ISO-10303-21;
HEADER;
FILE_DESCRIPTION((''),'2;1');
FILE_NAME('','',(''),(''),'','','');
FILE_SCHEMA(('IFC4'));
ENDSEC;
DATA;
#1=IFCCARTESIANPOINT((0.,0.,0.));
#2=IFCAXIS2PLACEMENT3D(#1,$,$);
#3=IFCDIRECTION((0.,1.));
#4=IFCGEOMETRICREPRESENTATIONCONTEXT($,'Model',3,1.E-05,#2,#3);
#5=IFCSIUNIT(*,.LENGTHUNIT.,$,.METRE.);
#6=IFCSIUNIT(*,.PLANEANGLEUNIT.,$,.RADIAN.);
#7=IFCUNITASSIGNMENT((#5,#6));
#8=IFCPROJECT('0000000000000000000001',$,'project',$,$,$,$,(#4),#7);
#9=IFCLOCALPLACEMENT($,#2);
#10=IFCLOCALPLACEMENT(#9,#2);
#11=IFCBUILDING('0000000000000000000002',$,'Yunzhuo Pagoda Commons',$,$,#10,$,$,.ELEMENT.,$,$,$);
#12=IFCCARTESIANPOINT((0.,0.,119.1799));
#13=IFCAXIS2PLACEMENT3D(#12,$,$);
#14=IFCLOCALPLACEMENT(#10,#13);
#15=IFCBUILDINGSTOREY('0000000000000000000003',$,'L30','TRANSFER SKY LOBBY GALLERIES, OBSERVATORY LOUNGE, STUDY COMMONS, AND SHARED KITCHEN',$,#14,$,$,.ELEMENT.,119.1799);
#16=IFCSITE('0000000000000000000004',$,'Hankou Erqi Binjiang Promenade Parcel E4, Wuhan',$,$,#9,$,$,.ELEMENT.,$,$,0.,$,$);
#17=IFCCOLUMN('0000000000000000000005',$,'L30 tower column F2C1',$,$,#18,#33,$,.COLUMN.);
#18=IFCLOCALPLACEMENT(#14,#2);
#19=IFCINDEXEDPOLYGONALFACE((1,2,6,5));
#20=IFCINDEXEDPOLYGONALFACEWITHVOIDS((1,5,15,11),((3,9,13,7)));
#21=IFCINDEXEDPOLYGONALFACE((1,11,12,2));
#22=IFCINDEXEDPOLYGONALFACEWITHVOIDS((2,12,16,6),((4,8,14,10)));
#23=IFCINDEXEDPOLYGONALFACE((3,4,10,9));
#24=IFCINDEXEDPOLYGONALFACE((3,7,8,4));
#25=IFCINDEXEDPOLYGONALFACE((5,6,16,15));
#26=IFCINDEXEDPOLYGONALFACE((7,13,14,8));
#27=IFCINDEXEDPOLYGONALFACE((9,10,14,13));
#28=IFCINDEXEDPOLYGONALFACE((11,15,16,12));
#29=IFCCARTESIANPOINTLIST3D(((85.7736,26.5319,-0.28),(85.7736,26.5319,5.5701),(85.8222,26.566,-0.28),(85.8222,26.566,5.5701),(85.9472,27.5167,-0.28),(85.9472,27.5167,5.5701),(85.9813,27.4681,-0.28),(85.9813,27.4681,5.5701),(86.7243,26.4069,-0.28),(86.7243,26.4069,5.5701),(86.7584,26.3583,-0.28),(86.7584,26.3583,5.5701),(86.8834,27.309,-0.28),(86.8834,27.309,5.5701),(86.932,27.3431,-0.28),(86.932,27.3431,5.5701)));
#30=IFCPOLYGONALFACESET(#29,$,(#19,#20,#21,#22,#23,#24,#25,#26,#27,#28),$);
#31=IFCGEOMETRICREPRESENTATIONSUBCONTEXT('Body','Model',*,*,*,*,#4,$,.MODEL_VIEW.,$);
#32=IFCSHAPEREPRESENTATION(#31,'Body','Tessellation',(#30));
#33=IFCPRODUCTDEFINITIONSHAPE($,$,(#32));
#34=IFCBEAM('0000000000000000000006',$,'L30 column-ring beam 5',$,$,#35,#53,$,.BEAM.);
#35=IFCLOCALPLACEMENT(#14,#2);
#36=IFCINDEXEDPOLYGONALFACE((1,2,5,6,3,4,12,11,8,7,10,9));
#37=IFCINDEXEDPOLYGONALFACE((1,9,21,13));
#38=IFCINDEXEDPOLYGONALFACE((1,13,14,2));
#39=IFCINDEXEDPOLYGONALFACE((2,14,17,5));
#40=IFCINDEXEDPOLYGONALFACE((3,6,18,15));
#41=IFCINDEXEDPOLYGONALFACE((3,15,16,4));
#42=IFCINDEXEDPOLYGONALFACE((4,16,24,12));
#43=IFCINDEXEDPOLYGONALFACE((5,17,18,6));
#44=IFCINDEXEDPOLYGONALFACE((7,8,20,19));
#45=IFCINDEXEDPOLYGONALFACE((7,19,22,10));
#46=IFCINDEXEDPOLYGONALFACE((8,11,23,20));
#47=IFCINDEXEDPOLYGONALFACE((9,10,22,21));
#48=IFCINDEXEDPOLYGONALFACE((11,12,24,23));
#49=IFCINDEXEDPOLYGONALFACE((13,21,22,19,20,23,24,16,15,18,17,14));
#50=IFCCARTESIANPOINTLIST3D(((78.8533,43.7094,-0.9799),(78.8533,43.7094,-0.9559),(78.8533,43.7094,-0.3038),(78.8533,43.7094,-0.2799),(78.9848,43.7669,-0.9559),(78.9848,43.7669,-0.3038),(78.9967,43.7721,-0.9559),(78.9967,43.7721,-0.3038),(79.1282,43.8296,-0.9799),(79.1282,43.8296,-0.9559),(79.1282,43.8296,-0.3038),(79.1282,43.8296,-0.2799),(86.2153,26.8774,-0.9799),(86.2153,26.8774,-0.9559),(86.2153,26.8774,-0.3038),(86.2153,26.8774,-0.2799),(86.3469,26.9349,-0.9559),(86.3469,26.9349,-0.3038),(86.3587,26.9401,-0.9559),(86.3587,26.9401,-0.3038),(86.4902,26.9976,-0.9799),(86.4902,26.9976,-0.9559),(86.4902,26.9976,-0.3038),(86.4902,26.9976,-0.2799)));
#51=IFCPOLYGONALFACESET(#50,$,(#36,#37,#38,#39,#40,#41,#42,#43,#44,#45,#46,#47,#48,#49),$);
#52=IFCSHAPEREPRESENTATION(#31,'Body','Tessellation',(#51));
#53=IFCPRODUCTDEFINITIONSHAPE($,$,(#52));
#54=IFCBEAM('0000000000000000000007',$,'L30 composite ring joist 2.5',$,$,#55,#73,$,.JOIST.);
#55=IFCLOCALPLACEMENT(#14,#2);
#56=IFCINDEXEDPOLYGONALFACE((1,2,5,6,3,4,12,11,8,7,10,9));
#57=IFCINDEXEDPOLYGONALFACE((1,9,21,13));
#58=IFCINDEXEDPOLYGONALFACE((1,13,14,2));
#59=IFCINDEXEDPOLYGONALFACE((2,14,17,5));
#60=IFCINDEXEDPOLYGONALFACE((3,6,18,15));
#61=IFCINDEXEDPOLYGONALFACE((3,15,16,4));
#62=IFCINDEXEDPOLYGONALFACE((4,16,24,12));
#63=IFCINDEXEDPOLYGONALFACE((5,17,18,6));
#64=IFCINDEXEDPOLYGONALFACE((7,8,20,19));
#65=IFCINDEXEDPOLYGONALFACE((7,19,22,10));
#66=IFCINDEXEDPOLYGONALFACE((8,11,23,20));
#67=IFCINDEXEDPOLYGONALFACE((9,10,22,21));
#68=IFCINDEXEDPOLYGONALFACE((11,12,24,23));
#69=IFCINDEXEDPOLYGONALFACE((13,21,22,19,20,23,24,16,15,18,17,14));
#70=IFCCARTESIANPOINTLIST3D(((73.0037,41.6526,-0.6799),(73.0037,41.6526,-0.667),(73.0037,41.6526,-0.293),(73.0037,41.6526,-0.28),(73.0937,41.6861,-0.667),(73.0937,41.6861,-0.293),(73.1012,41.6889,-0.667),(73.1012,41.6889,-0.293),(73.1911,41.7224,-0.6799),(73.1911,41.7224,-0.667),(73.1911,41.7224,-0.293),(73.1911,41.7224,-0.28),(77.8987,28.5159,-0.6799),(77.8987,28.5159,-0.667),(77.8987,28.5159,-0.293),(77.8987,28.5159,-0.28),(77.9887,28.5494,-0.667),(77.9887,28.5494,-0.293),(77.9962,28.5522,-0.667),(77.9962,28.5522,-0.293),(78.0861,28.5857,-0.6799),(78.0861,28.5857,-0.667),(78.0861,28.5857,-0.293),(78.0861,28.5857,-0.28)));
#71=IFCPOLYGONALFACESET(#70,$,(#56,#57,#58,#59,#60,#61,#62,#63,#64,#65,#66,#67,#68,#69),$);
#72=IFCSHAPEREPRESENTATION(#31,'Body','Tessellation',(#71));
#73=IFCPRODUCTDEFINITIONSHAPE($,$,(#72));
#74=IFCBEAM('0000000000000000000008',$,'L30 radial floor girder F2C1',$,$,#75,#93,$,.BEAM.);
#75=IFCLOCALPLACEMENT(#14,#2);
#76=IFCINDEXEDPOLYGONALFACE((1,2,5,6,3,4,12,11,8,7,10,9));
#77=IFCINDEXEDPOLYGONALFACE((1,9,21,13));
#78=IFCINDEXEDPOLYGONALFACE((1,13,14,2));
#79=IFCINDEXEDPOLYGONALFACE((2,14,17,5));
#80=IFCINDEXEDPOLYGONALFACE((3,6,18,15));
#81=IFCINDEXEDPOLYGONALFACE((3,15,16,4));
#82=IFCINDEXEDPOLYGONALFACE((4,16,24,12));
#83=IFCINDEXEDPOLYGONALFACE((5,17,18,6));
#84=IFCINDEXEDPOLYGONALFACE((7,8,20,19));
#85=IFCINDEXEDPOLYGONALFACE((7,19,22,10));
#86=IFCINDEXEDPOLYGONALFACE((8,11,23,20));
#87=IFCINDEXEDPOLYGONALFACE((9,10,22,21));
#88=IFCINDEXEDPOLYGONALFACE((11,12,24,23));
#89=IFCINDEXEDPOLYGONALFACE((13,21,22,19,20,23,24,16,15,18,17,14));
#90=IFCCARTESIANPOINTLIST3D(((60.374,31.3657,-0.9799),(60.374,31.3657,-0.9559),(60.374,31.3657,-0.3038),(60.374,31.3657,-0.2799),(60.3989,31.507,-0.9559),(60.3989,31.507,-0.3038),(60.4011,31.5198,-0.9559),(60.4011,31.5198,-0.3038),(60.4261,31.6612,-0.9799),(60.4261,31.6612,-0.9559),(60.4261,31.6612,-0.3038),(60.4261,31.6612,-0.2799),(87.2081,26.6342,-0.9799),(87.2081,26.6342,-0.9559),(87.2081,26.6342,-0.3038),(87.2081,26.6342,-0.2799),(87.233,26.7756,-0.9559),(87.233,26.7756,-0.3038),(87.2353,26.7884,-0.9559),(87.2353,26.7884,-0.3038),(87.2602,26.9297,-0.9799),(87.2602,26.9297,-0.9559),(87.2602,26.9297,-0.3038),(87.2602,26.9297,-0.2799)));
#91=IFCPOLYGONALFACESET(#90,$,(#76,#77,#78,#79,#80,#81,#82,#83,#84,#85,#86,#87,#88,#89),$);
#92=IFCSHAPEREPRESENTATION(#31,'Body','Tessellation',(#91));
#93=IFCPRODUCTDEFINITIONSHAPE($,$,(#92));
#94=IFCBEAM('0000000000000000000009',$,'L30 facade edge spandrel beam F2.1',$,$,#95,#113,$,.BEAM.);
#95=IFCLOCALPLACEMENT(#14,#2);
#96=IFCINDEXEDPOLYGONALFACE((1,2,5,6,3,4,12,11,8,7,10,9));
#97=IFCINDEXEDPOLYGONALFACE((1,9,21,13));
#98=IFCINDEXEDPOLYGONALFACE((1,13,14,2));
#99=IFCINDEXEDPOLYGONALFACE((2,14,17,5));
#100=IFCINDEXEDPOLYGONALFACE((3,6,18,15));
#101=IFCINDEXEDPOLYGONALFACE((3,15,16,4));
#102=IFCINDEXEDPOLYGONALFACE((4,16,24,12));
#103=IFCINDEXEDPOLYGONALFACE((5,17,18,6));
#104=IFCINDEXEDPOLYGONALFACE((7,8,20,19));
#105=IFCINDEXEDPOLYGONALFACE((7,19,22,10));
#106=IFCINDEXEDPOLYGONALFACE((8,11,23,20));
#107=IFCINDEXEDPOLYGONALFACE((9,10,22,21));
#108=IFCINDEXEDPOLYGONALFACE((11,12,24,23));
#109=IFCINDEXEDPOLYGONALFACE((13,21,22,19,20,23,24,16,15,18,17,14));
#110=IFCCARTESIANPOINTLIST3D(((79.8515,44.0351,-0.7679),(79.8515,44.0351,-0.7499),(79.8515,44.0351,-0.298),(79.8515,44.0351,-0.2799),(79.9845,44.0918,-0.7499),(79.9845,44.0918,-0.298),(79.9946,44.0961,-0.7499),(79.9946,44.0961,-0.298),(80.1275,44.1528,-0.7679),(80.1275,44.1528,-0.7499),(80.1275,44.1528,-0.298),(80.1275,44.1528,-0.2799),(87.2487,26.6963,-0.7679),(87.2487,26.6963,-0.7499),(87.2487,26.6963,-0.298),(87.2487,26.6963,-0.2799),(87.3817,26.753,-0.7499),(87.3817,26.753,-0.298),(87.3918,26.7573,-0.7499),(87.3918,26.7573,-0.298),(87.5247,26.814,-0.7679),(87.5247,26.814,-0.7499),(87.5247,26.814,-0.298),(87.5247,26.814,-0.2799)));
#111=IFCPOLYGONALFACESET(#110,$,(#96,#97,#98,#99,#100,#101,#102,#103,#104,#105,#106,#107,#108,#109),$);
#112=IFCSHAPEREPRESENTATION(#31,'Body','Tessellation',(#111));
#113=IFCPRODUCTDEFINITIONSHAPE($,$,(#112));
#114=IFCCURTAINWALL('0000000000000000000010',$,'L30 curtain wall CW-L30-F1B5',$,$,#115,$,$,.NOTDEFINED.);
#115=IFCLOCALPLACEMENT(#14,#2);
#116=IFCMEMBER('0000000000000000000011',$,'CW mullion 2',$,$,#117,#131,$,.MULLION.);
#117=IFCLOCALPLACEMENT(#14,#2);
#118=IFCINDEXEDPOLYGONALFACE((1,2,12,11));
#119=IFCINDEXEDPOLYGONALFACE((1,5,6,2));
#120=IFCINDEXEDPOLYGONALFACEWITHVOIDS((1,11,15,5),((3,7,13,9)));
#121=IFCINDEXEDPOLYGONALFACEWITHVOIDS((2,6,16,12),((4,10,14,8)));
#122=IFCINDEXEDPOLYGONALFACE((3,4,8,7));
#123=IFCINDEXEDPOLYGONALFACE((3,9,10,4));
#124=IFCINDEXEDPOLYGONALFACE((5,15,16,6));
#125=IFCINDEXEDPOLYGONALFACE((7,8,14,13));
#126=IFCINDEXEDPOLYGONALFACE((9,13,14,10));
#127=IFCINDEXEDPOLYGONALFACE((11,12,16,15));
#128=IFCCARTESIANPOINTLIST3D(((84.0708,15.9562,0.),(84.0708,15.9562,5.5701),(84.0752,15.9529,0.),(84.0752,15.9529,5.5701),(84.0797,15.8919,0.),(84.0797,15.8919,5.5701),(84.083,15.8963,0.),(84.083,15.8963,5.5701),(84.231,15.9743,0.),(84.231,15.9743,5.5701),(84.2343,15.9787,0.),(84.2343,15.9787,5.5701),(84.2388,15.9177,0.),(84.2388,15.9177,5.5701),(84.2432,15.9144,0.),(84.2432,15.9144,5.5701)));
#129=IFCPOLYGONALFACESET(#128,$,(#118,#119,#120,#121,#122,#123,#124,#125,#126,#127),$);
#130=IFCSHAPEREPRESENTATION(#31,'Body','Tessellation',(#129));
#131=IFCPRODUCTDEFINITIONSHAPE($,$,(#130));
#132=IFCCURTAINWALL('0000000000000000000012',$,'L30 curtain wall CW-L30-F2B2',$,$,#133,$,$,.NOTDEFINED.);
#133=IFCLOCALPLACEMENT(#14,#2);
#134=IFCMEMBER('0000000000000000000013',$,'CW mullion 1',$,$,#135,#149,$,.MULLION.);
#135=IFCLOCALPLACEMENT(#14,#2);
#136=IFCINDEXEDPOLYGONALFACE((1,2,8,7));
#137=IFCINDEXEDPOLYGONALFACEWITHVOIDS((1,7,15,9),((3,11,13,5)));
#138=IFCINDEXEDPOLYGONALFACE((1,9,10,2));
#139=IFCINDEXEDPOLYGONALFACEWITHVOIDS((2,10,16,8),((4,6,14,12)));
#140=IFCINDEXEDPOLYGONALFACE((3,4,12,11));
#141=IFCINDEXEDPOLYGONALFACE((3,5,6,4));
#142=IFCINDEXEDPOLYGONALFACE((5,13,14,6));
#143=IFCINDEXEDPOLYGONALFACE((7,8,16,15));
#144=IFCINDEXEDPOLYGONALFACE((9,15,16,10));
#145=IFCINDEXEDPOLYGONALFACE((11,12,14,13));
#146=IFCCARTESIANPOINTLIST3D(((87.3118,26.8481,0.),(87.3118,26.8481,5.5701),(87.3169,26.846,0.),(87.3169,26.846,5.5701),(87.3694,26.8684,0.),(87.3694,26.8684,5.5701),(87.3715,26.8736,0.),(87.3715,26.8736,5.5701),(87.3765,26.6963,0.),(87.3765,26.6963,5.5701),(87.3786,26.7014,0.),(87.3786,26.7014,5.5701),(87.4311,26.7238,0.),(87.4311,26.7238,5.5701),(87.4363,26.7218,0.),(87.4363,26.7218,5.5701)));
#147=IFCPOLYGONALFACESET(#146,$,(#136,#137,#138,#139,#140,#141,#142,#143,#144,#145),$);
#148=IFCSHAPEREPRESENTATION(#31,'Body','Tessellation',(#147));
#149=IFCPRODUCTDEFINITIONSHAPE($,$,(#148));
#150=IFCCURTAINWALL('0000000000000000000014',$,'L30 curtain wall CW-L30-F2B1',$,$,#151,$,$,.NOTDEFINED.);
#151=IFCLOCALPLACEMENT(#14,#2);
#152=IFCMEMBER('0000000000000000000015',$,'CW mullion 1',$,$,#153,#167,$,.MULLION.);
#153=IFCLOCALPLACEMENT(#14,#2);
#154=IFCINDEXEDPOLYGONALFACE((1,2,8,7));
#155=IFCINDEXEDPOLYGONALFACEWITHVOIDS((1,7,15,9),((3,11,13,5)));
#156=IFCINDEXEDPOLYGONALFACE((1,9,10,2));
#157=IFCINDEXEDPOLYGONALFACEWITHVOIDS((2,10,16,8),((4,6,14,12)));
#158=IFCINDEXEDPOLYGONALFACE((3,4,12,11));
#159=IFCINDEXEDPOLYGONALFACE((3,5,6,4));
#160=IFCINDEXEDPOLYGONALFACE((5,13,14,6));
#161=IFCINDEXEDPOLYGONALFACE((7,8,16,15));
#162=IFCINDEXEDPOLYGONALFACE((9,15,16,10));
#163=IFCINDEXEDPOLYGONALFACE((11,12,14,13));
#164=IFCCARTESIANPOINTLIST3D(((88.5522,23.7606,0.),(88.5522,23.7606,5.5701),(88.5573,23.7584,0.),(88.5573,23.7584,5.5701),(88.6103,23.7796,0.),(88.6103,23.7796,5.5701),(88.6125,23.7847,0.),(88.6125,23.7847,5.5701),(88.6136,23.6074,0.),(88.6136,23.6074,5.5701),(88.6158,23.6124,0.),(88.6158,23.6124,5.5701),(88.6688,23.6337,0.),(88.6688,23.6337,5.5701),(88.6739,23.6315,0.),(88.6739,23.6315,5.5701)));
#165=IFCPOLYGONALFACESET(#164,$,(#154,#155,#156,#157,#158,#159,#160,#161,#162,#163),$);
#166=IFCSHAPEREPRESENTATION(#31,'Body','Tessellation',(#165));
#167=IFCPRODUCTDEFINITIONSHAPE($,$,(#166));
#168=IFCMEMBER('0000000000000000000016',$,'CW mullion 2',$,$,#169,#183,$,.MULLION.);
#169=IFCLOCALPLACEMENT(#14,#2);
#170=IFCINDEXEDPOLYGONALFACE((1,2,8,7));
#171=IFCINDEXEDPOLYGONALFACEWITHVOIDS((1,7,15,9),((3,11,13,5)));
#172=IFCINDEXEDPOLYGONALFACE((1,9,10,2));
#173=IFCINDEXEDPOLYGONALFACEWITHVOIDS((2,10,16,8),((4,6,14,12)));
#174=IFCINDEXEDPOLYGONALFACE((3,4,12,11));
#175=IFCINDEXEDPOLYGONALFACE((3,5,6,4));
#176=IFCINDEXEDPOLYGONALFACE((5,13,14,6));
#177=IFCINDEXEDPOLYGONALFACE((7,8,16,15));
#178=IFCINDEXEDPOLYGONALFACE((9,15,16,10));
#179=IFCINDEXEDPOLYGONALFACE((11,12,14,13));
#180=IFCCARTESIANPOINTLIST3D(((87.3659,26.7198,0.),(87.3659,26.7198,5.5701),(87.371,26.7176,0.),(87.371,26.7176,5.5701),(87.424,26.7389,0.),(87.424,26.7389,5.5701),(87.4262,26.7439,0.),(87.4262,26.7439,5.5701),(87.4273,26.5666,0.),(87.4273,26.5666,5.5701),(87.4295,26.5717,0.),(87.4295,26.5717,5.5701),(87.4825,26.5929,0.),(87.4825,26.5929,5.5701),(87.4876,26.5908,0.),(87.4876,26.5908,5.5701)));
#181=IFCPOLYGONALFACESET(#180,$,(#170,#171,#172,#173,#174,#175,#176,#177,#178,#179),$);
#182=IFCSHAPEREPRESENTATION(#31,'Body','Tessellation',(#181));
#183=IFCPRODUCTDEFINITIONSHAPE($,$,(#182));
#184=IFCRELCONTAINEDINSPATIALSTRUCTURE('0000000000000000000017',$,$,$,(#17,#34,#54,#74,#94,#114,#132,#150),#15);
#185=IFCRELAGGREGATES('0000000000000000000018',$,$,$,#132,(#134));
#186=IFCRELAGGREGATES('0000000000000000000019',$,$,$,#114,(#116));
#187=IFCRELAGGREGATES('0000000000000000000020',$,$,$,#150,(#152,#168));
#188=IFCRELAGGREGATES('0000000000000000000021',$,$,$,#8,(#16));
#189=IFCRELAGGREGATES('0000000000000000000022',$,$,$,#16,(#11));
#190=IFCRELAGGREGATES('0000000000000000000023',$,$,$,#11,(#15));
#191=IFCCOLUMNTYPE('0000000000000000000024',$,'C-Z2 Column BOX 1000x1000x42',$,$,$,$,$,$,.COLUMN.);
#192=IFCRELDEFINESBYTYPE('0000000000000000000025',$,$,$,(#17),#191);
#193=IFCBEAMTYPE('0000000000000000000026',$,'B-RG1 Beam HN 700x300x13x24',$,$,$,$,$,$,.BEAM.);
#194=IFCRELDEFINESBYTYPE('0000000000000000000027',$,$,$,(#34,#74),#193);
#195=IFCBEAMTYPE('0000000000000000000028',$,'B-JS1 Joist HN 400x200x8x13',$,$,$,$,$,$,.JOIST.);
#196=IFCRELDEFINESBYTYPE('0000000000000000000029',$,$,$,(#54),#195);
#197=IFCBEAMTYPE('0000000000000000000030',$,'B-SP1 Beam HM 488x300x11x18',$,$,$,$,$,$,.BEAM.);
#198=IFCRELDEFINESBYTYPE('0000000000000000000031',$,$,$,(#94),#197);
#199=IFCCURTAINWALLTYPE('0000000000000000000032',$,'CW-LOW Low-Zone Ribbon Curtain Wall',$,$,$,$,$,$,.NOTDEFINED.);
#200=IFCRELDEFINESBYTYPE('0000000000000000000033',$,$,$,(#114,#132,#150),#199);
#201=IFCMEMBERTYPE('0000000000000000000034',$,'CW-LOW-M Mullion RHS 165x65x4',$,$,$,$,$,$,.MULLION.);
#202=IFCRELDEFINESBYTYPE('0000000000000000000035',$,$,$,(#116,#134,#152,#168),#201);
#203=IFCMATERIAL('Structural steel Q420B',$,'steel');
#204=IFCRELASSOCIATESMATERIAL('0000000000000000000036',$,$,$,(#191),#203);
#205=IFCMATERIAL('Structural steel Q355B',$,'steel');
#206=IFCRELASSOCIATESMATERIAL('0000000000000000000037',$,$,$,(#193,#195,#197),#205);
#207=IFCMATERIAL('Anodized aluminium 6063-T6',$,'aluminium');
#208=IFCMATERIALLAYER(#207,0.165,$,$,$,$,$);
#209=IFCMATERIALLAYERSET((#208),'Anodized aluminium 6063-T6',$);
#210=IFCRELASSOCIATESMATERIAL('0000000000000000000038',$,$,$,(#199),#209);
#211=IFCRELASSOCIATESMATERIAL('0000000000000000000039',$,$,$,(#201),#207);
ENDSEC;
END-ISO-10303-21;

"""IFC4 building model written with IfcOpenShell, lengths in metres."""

from ifc_helpers import new_model, si_unit, direction, frame, origin, origin_2d, place, context, subcontext, project, spatial, hollow_rectangle, i_section, extrude, source, transform, mapped, material, layer, layer_set, material_profile, profile_set, type_object, element, aggregate, save


model = new_model("IFC4")

# Units and contexts
model_context = context("Model", 3, precision=1e-05, world=origin(), true_north=direction((0.0, 1.0)))
body_context = subcontext(model_context, "Body", "Model", "MODEL_VIEW")
ifc_project = project(units=[si_unit("LENGTHUNIT", "METRE"), si_unit("PLANEANGLEUNIT", "RADIAN")], contexts=[model_context])

# Site, building, storey
site_placement = place(None, origin())
site = spatial("IfcSite", under=ifc_project, at=site_placement, Name="Hankou Erqi Binjiang Promenade Parcel E4, Wuhan", CompositionType="ELEMENT", RefElevation=0.0)
building_placement = place(site_placement, origin())
building = spatial("IfcBuilding", under=site, at=building_placement, Name="Yunzhuo Pagoda Commons", CompositionType="ELEMENT")
storey_placement = place(building_placement, frame((0.0, 0.0, 119.1799)))
storey = spatial("IfcBuildingStorey", under=building, at=storey_placement, Name="L30", Description="TRANSFER SKY LOBBY GALLERIES, OBSERVATORY LOUNGE, STUDY COMMONS, AND SHARED KITCHEN", CompositionType="ELEMENT", Elevation=119.1799)

# Column
ifc_material_1 = material(Name="Structural steel Q420B", Category="steel")
ifc_material_profile_1 = material_profile(ifc_material_1, hollow_rectangle(XDim=1.0, YDim=1.0, WallThickness=0.042, at=origin_2d()), Name="Structural steel Q420B")
ifc_profile_set_1 = profile_set([ifc_material_profile_1], Name="Structural steel Q420B")
column_type = type_object("IfcColumnType", Name="C-Z2 Column BOX 1000x1000x42", PredefinedType="COLUMN", material=ifc_profile_set_1)
shared_shape_1 = source(origin(), body_context, "Body", "SweptSolid", [
    extrude(hollow_rectangle(XDim=1.0, YDim=1.0, WallThickness=0.042, at=origin_2d()), origin(), (0.0, 0.0, 1.0), 5.8501),
])
column_placement = place(storey_placement, frame((86.3528, 26.9375, -0.28), z_axis=(0.0, 0.0, 1.0), x_axis=(0.173648, 0.984808, 0.0)))
element("IfcColumn", 1, at=column_placement, inside=storey, type_object=column_type, Name="L30 tower column F2C1", PredefinedType="COLUMN", context=body_context, shape_type="MappedRepresentation", body=[
    mapped(shared_shape_1, transform((0.0, 0.0, 0.0), scale=1.0)),
])

# Beams
ifc_material_2 = material(Name="Structural steel Q355B", Category="steel")
ifc_material_profile_2 = material_profile(ifc_material_2, i_section(OverallWidth=0.3, OverallDepth=0.7, WebThickness=0.0129, FlangeThickness=0.0239, at=origin_2d()), Name="Structural steel Q355B")
ifc_profile_set_2 = profile_set([ifc_material_profile_2], Name="Structural steel Q355B")
beam_type_1 = type_object("IfcBeamType", Name="B-RG1 Beam HN 700x300x13x24", PredefinedType="BEAM", material=ifc_profile_set_2)
shared_shape_2 = source(origin(), body_context, "Body", "SweptSolid", [
    extrude(i_section(OverallWidth=0.3, OverallDepth=0.7, WebThickness=0.0129, FlangeThickness=0.0239, at=origin_2d()), origin(), (0.0, 0.0, 1.0), 18.3716),
])
beam_1_placement = place(storey_placement, frame((86.3528, 26.9375, -0.6299), z_axis=(-0.40073, 0.916196, 0.0), x_axis=(-0.916196, -0.40073, 0.0)))
element("IfcBeam", 2, at=beam_1_placement, inside=storey, type_object=beam_type_1, Name="L30 column-ring beam 5", PredefinedType="BEAM", context=body_context, shape_type="MappedRepresentation", body=[
    mapped(shared_shape_2, transform((0.0, 0.0, 0.0), scale=1.0)),
])
ifc_material_profile_3 = material_profile(ifc_material_2, i_section(OverallWidth=0.2, OverallDepth=0.3999, WebThickness=0.0081, FlangeThickness=0.0129, at=origin_2d()), Name="Structural steel Q355B")
ifc_profile_set_3 = profile_set([ifc_material_profile_3], Name="Structural steel Q355B")
beam_type_2 = type_object("IfcBeamType", Name="B-JS1 Joist HN 400x200x8x13", PredefinedType="JOIST", material=ifc_profile_set_3)
shared_shape_3 = source(origin(), body_context, "Body", "SweptSolid", [
    extrude(i_section(OverallWidth=0.2, OverallDepth=0.3999, WebThickness=0.0081, FlangeThickness=0.0129, at=origin_2d()), origin(), (0.0, 0.0, 1.0), 14.019),
])
beam_2_placement = place(storey_placement, frame((77.9924, 28.5508, -0.48), z_axis=(-0.349168, 0.93706, 0.0), x_axis=(-0.93706, -0.349168, 0.0)))
element("IfcBeam", 3, at=beam_2_placement, inside=storey, type_object=beam_type_2, Name="L30 composite ring joist 2.5", PredefinedType="JOIST", context=body_context, shape_type="MappedRepresentation", body=[
    mapped(shared_shape_3, transform((0.0, 0.0, 0.0), scale=1.0)),
])
shared_shape_4 = source(origin(), body_context, "Body", "SweptSolid", [
    extrude(i_section(OverallWidth=0.3, OverallDepth=0.7, WebThickness=0.0129, FlangeThickness=0.0239, at=origin_2d()), origin(), (0.0, 0.0, 1.0), 27.248),
])
beam_3_placement = place(storey_placement, frame((87.2341, 26.782, -0.6299), z_axis=(-0.984809, 0.173643, 0.0), x_axis=(-0.173643, -0.984809, 0.0)))
element("IfcBeam", 4, at=beam_3_placement, inside=storey, type_object=beam_type_1, Name="L30 radial floor girder F2C1", PredefinedType="BEAM", context=body_context, shape_type="MappedRepresentation", body=[
    mapped(shared_shape_4, transform((0.0, 0.0, 0.0), scale=1.0)),
])
ifc_material_profile_4 = material_profile(ifc_material_2, i_section(OverallWidth=0.3, OverallDepth=0.488, WebThickness=0.011, FlangeThickness=0.0181, at=origin_2d()), Name="Structural steel Q355B")
ifc_profile_set_4 = profile_set([ifc_material_profile_4], Name="Structural steel Q355B")
beam_type_3 = type_object("IfcBeamType", Name="B-SP1 Beam HM 488x300x11x18", PredefinedType="BEAM", material=ifc_profile_set_4)
shared_shape_5 = source(origin(), body_context, "Body", "SweptSolid", [
    extrude(i_section(OverallWidth=0.3, OverallDepth=0.488, WebThickness=0.011, FlangeThickness=0.0181, at=origin_2d()), origin(), (0.0, 0.0, 1.0), 18.8508),
])
beam_4_placement = place(storey_placement, frame((87.3867, 26.7551, -0.5239), z_axis=(-0.392407, 0.919792, 0.0), x_axis=(-0.919792, -0.392407, 0.0)))
element("IfcBeam", 5, at=beam_4_placement, inside=storey, type_object=beam_type_3, Name="L30 facade edge spandrel beam F2.1", PredefinedType="BEAM", context=body_context, shape_type="MappedRepresentation", body=[
    mapped(shared_shape_5, transform((0.0, 0.0, 0.0), scale=1.0)),
])

# Curtain walls, members
ifc_material_3 = material(Name="Anodized aluminium 6063-T6", Category="aluminium")
ifc_layer_1 = layer(ifc_material_3, 0.165)
ifc_layer_set_1 = layer_set([ifc_layer_1], Name="Anodized aluminium 6063-T6")
curtain_wall_type = type_object("IfcCurtainWallType", Name="CW-LOW Low-Zone Ribbon Curtain Wall", PredefinedType="NOTDEFINED", material=ifc_layer_set_1)
curtain_wall_1_placement = place(storey_placement, origin())
curtain_wall_1 = element("IfcCurtainWall", 6, at=curtain_wall_1_placement, inside=storey, type_object=curtain_wall_type, Name="L30 curtain wall CW-L30-F1B5", PredefinedType="NOTDEFINED")
ifc_material_profile_5 = material_profile(ifc_material_3, hollow_rectangle(XDim=0.0649, YDim=0.165, WallThickness=0.0039, at=origin_2d()), Name="Anodized aluminium 6063-T6")
ifc_profile_set_5 = profile_set([ifc_material_profile_5], Name="Anodized aluminium 6063-T6")
member_type_1 = type_object("IfcMemberType", Name="CW-LOW-M Mullion RHS 165x65x4", PredefinedType="MULLION", material=ifc_profile_set_5)
shared_shape_6 = source(origin(), body_context, "Body", "SweptSolid", [
    extrude(hollow_rectangle(XDim=0.0649, YDim=0.165, WallThickness=0.0039, at=origin_2d()), origin(), (0.0, 0.0, 1.0), 5.5701),
])
member_1_placement = place(storey_placement, frame((84.157, 15.9353, 0.0), z_axis=(0.0, 0.0, 1.0), x_axis=(-0.136657, 0.990618, 0.0)))
member_1 = element("IfcMember", 7, at=member_1_placement, type_object=member_type_1, Name="CW mullion 2", PredefinedType="MULLION", context=body_context, shape_type="MappedRepresentation", body=[
    mapped(shared_shape_6, transform((0.0, 0.0, 0.0), scale=1.0)),
])
curtain_wall_2_placement = place(storey_placement, origin())
curtain_wall_2 = element("IfcCurtainWall", 8, at=curtain_wall_2_placement, inside=storey, type_object=curtain_wall_type, Name="L30 curtain wall CW-L30-F2B2", PredefinedType="NOTDEFINED")
member_2_placement = place(storey_placement, frame((87.374, 26.7849, 0.0), z_axis=(0.0, 0.0, 1.0), x_axis=(-0.919788, -0.392415, 0.0)))
member_2 = element("IfcMember", 9, at=member_2_placement, type_object=member_type_1, Name="CW mullion 1", PredefinedType="MULLION", context=body_context, shape_type="MappedRepresentation", body=[
    mapped(shared_shape_6, transform((0.0, 0.0, 0.0), scale=1.0)),
])

# Curtain wall, members
curtain_wall_3_placement = place(storey_placement, origin())
curtain_wall_3 = element("IfcCurtainWall", 10, at=curtain_wall_3_placement, inside=storey, type_object=curtain_wall_type, Name="L30 curtain wall CW-L30-F2B1", PredefinedType="NOTDEFINED")
member_3_placement = place(storey_placement, frame((88.613, 23.696, 0.0), z_axis=(0.0, 0.0, 1.0), x_axis=(-0.92819, -0.372106, 0.0)))
member_3 = element("IfcMember", 11, at=member_3_placement, type_object=member_type_1, Name="CW mullion 1", PredefinedType="MULLION", context=body_context, shape_type="MappedRepresentation", body=[
    mapped(shared_shape_6, transform((0.0, 0.0, 0.0), scale=1.0)),
])
member_4_placement = place(storey_placement, frame((87.4268, 26.6553, 0.0), z_axis=(0.0, 0.0, 1.0), x_axis=(-0.92819, -0.372106, 0.0)))
member_4 = element("IfcMember", 12, at=member_4_placement, type_object=member_type_1, Name="CW mullion 2", PredefinedType="MULLION", context=body_context, shape_type="MappedRepresentation", body=[
    mapped(shared_shape_6, transform((0.0, 0.0, 0.0), scale=1.0)),
])

aggregate(curtain_wall_2, [member_2])
aggregate(curtain_wall_1, [member_1])
aggregate(curtain_wall_3, [member_3, member_4])

save(model, "model.ifc")
